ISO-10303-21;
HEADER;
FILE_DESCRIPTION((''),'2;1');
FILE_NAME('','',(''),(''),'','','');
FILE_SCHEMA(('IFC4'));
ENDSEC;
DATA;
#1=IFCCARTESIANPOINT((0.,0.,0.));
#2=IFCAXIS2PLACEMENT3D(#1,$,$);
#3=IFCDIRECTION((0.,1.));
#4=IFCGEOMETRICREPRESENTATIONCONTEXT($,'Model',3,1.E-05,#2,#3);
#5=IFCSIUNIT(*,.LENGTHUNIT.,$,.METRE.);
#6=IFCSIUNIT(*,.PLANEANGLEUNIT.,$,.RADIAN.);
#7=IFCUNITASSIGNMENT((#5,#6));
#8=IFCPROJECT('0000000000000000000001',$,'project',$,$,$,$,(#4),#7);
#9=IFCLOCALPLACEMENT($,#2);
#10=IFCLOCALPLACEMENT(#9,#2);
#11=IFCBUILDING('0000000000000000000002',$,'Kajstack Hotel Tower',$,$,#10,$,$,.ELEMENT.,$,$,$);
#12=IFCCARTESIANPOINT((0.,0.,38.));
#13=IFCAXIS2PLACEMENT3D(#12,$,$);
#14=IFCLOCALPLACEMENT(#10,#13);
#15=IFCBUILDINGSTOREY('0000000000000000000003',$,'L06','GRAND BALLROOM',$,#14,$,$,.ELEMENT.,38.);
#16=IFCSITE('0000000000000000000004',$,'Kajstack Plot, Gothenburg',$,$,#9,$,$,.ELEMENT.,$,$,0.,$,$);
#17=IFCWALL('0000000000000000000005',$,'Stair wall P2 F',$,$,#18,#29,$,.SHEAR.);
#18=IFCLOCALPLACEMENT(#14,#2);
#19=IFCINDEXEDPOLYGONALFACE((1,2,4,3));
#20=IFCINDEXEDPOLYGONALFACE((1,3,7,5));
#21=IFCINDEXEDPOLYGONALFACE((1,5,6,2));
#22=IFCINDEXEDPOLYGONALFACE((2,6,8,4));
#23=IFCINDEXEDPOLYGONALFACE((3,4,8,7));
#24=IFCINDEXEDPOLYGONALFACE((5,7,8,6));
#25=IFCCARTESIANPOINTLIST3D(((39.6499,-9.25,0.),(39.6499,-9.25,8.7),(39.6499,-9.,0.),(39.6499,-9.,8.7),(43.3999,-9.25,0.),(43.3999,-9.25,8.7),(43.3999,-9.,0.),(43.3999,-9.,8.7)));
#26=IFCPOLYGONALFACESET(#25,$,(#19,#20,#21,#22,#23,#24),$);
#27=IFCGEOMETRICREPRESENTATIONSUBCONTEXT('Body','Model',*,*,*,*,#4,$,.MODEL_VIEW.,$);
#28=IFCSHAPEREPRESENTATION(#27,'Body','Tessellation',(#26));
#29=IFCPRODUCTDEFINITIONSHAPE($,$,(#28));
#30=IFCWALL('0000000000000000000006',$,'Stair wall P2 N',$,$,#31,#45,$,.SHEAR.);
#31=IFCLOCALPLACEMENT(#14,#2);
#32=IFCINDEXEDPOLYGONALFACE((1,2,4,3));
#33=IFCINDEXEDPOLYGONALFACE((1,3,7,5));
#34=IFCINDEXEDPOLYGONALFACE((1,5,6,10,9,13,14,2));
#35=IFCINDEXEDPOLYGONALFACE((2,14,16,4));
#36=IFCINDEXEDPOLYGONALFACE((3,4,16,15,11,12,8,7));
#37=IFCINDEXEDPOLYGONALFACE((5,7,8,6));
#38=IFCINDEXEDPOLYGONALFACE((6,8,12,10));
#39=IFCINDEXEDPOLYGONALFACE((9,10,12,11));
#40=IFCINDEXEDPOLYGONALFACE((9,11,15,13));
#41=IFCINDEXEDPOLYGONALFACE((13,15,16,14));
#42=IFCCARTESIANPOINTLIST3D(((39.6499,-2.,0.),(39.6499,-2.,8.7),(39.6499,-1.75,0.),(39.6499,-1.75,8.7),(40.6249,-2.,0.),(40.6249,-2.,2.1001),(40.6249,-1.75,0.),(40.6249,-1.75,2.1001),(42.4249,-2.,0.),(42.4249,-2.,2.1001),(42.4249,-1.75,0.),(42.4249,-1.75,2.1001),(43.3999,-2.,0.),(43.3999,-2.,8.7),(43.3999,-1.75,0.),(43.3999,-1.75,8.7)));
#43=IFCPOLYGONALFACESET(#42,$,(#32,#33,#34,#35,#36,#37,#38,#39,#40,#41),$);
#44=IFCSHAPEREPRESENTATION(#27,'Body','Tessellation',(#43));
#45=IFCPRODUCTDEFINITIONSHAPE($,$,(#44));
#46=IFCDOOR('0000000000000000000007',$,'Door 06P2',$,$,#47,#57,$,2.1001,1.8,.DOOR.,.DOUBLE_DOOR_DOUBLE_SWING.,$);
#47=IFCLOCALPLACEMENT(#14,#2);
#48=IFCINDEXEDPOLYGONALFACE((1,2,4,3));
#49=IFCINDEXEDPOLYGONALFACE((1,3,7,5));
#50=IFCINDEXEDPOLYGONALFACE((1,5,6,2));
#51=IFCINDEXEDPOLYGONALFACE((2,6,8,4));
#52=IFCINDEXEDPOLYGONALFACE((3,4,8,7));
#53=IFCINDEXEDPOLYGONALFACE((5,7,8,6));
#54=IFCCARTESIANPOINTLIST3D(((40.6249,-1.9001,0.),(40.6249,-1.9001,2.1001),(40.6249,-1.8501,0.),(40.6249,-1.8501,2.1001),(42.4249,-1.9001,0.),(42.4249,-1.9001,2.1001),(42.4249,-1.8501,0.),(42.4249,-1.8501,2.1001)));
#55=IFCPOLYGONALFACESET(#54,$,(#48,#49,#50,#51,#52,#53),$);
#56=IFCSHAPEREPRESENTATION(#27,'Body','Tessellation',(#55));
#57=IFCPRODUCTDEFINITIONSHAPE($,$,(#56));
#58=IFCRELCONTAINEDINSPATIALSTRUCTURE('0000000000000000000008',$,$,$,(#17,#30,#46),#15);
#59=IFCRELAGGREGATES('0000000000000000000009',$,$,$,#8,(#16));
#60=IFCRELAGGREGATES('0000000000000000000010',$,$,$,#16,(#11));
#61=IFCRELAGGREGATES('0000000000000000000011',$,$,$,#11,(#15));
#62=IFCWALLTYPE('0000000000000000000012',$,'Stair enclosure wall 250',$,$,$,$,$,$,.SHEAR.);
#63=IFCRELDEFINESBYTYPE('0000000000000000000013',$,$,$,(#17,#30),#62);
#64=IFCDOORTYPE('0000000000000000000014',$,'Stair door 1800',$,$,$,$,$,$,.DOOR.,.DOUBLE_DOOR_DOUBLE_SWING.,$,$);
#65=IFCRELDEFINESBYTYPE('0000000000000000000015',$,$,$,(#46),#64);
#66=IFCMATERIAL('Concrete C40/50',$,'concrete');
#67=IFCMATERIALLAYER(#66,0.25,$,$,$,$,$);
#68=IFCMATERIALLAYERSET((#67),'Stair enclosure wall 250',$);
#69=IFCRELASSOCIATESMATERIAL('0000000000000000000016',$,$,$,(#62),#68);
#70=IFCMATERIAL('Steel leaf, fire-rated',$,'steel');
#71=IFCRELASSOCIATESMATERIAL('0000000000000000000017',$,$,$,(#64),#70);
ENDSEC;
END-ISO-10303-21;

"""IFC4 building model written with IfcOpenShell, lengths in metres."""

from ifc_helpers import new_model, si_unit, direction, frame, frame_2d, origin, place, context, subcontext, project, spatial, rectangle, extrude, material, layer, layer_set, type_object, element, fill, save


model = new_model("IFC4")

# Units and contexts
model_context = context("Model", 3, precision=1e-05, world=origin(), true_north=direction((0.0, 1.0)))
body_context = subcontext(model_context, "Body", "Model", "MODEL_VIEW")
ifc_project = project(units=[si_unit("LENGTHUNIT", "METRE"), si_unit("PLANEANGLEUNIT", "RADIAN")], contexts=[model_context])

# Site, building, storey
site_placement = place(None, origin())
site = spatial("IfcSite", under=ifc_project, at=site_placement, Name="Kajstack Plot, Gothenburg", CompositionType="ELEMENT", RefElevation=0.0)
building_placement = place(site_placement, origin())
building = spatial("IfcBuilding", under=site, at=building_placement, Name="Kajstack Hotel Tower", CompositionType="ELEMENT")
storey_placement = place(building_placement, frame((0.0, 0.0, 38.0)))
storey = spatial("IfcBuildingStorey", under=building, at=storey_placement, Name="L06", Description="GRAND BALLROOM", CompositionType="ELEMENT", Elevation=38.0)

# Wall
ifc_material_1 = material(Name="Concrete C40/50", Category="concrete")
ifc_layer_1 = layer(ifc_material_1, 0.25)
ifc_layer_set_1 = layer_set([ifc_layer_1], Name="Stair enclosure wall 250")
wall_type_1 = type_object("IfcWallType", Name="Stair enclosure wall 250", PredefinedType="SHEAR", material=ifc_layer_set_1)
wall_1_placement = place(storey_placement, frame((39.6499, -9.125, 0.0), z_axis=(0.0, 0.0, 1.0), x_axis=(1.0, 0.0, 0.0)))
element("IfcWall", 1, at=wall_1_placement, inside=storey, type_object=wall_type_1, Name="Stair wall P2 F", PredefinedType="SHEAR", context=body_context, shape_type="SweptSolid", body=[
    extrude(rectangle(XDim=3.75, YDim=0.25, at=frame_2d((1.875, 0.0))), origin(), (0.0, 0.0, 1.0), 8.7),
])

# Wall, opening, door
wall_2_placement = place(storey_placement, frame((39.6499, -1.875, 0.0), z_axis=(0.0, 0.0, 1.0), x_axis=(1.0, 0.0, 0.0)))
wall_2 = element("IfcWall", 2, at=wall_2_placement, inside=storey, type_object=wall_type_1, Name="Stair wall P2 N", PredefinedType="SHEAR", context=body_context, shape_type="SweptSolid", body=[
    extrude(rectangle(XDim=3.75, YDim=0.25, at=frame_2d((1.875, 0.0))), origin(), (0.0, 0.0, 1.0), 8.7),
])
opening_1_placement = place(wall_2_placement, frame((0.9751, 0.0, 0.0)))
opening_1 = element("IfcOpeningElement", 3, at=opening_1_placement, cuts=wall_2, PredefinedType="OPENING", context=body_context, shape_type="SweptSolid", body=[
    extrude(rectangle(XDim=1.8, YDim=2.1001, at=frame_2d((0.8999, 1.05))), frame((0.0, 0.135, 0.0), z_axis=(0.0, -1.0, 0.0), x_axis=(1.0, 0.0, 0.0)), (0.0, 0.0, 1.0), 0.27),
])
ifc_material_2 = material(Name="Steel leaf, fire-rated", Category="steel")
door_type = type_object("IfcDoorType", Name="Stair door 1800", OperationType="DOUBLE_DOOR_DOUBLE_SWING", PredefinedType="DOOR", material=ifc_material_2)
door_placement = place(opening_1_placement, origin())
door = element("IfcDoor", 4, at=door_placement, inside=storey, type_object=door_type, Name="Door 06P2", OperationType="DOUBLE_DOOR_DOUBLE_SWING", OverallHeight=2.1001, OverallWidth=1.8, PredefinedType="DOOR", context=body_context, shape_type="SweptSolid", body=[
    extrude(rectangle(XDim=1.8, YDim=2.1001, at=frame_2d((0.8999, 1.05))), frame((0.0, 0.0249, 0.0), z_axis=(0.0, -1.0, 0.0), x_axis=(1.0, 0.0, 0.0)), (0.0, 0.0, 1.0), 0.05),
])
fill(opening_1, door)

save(model, "model.ifc")
